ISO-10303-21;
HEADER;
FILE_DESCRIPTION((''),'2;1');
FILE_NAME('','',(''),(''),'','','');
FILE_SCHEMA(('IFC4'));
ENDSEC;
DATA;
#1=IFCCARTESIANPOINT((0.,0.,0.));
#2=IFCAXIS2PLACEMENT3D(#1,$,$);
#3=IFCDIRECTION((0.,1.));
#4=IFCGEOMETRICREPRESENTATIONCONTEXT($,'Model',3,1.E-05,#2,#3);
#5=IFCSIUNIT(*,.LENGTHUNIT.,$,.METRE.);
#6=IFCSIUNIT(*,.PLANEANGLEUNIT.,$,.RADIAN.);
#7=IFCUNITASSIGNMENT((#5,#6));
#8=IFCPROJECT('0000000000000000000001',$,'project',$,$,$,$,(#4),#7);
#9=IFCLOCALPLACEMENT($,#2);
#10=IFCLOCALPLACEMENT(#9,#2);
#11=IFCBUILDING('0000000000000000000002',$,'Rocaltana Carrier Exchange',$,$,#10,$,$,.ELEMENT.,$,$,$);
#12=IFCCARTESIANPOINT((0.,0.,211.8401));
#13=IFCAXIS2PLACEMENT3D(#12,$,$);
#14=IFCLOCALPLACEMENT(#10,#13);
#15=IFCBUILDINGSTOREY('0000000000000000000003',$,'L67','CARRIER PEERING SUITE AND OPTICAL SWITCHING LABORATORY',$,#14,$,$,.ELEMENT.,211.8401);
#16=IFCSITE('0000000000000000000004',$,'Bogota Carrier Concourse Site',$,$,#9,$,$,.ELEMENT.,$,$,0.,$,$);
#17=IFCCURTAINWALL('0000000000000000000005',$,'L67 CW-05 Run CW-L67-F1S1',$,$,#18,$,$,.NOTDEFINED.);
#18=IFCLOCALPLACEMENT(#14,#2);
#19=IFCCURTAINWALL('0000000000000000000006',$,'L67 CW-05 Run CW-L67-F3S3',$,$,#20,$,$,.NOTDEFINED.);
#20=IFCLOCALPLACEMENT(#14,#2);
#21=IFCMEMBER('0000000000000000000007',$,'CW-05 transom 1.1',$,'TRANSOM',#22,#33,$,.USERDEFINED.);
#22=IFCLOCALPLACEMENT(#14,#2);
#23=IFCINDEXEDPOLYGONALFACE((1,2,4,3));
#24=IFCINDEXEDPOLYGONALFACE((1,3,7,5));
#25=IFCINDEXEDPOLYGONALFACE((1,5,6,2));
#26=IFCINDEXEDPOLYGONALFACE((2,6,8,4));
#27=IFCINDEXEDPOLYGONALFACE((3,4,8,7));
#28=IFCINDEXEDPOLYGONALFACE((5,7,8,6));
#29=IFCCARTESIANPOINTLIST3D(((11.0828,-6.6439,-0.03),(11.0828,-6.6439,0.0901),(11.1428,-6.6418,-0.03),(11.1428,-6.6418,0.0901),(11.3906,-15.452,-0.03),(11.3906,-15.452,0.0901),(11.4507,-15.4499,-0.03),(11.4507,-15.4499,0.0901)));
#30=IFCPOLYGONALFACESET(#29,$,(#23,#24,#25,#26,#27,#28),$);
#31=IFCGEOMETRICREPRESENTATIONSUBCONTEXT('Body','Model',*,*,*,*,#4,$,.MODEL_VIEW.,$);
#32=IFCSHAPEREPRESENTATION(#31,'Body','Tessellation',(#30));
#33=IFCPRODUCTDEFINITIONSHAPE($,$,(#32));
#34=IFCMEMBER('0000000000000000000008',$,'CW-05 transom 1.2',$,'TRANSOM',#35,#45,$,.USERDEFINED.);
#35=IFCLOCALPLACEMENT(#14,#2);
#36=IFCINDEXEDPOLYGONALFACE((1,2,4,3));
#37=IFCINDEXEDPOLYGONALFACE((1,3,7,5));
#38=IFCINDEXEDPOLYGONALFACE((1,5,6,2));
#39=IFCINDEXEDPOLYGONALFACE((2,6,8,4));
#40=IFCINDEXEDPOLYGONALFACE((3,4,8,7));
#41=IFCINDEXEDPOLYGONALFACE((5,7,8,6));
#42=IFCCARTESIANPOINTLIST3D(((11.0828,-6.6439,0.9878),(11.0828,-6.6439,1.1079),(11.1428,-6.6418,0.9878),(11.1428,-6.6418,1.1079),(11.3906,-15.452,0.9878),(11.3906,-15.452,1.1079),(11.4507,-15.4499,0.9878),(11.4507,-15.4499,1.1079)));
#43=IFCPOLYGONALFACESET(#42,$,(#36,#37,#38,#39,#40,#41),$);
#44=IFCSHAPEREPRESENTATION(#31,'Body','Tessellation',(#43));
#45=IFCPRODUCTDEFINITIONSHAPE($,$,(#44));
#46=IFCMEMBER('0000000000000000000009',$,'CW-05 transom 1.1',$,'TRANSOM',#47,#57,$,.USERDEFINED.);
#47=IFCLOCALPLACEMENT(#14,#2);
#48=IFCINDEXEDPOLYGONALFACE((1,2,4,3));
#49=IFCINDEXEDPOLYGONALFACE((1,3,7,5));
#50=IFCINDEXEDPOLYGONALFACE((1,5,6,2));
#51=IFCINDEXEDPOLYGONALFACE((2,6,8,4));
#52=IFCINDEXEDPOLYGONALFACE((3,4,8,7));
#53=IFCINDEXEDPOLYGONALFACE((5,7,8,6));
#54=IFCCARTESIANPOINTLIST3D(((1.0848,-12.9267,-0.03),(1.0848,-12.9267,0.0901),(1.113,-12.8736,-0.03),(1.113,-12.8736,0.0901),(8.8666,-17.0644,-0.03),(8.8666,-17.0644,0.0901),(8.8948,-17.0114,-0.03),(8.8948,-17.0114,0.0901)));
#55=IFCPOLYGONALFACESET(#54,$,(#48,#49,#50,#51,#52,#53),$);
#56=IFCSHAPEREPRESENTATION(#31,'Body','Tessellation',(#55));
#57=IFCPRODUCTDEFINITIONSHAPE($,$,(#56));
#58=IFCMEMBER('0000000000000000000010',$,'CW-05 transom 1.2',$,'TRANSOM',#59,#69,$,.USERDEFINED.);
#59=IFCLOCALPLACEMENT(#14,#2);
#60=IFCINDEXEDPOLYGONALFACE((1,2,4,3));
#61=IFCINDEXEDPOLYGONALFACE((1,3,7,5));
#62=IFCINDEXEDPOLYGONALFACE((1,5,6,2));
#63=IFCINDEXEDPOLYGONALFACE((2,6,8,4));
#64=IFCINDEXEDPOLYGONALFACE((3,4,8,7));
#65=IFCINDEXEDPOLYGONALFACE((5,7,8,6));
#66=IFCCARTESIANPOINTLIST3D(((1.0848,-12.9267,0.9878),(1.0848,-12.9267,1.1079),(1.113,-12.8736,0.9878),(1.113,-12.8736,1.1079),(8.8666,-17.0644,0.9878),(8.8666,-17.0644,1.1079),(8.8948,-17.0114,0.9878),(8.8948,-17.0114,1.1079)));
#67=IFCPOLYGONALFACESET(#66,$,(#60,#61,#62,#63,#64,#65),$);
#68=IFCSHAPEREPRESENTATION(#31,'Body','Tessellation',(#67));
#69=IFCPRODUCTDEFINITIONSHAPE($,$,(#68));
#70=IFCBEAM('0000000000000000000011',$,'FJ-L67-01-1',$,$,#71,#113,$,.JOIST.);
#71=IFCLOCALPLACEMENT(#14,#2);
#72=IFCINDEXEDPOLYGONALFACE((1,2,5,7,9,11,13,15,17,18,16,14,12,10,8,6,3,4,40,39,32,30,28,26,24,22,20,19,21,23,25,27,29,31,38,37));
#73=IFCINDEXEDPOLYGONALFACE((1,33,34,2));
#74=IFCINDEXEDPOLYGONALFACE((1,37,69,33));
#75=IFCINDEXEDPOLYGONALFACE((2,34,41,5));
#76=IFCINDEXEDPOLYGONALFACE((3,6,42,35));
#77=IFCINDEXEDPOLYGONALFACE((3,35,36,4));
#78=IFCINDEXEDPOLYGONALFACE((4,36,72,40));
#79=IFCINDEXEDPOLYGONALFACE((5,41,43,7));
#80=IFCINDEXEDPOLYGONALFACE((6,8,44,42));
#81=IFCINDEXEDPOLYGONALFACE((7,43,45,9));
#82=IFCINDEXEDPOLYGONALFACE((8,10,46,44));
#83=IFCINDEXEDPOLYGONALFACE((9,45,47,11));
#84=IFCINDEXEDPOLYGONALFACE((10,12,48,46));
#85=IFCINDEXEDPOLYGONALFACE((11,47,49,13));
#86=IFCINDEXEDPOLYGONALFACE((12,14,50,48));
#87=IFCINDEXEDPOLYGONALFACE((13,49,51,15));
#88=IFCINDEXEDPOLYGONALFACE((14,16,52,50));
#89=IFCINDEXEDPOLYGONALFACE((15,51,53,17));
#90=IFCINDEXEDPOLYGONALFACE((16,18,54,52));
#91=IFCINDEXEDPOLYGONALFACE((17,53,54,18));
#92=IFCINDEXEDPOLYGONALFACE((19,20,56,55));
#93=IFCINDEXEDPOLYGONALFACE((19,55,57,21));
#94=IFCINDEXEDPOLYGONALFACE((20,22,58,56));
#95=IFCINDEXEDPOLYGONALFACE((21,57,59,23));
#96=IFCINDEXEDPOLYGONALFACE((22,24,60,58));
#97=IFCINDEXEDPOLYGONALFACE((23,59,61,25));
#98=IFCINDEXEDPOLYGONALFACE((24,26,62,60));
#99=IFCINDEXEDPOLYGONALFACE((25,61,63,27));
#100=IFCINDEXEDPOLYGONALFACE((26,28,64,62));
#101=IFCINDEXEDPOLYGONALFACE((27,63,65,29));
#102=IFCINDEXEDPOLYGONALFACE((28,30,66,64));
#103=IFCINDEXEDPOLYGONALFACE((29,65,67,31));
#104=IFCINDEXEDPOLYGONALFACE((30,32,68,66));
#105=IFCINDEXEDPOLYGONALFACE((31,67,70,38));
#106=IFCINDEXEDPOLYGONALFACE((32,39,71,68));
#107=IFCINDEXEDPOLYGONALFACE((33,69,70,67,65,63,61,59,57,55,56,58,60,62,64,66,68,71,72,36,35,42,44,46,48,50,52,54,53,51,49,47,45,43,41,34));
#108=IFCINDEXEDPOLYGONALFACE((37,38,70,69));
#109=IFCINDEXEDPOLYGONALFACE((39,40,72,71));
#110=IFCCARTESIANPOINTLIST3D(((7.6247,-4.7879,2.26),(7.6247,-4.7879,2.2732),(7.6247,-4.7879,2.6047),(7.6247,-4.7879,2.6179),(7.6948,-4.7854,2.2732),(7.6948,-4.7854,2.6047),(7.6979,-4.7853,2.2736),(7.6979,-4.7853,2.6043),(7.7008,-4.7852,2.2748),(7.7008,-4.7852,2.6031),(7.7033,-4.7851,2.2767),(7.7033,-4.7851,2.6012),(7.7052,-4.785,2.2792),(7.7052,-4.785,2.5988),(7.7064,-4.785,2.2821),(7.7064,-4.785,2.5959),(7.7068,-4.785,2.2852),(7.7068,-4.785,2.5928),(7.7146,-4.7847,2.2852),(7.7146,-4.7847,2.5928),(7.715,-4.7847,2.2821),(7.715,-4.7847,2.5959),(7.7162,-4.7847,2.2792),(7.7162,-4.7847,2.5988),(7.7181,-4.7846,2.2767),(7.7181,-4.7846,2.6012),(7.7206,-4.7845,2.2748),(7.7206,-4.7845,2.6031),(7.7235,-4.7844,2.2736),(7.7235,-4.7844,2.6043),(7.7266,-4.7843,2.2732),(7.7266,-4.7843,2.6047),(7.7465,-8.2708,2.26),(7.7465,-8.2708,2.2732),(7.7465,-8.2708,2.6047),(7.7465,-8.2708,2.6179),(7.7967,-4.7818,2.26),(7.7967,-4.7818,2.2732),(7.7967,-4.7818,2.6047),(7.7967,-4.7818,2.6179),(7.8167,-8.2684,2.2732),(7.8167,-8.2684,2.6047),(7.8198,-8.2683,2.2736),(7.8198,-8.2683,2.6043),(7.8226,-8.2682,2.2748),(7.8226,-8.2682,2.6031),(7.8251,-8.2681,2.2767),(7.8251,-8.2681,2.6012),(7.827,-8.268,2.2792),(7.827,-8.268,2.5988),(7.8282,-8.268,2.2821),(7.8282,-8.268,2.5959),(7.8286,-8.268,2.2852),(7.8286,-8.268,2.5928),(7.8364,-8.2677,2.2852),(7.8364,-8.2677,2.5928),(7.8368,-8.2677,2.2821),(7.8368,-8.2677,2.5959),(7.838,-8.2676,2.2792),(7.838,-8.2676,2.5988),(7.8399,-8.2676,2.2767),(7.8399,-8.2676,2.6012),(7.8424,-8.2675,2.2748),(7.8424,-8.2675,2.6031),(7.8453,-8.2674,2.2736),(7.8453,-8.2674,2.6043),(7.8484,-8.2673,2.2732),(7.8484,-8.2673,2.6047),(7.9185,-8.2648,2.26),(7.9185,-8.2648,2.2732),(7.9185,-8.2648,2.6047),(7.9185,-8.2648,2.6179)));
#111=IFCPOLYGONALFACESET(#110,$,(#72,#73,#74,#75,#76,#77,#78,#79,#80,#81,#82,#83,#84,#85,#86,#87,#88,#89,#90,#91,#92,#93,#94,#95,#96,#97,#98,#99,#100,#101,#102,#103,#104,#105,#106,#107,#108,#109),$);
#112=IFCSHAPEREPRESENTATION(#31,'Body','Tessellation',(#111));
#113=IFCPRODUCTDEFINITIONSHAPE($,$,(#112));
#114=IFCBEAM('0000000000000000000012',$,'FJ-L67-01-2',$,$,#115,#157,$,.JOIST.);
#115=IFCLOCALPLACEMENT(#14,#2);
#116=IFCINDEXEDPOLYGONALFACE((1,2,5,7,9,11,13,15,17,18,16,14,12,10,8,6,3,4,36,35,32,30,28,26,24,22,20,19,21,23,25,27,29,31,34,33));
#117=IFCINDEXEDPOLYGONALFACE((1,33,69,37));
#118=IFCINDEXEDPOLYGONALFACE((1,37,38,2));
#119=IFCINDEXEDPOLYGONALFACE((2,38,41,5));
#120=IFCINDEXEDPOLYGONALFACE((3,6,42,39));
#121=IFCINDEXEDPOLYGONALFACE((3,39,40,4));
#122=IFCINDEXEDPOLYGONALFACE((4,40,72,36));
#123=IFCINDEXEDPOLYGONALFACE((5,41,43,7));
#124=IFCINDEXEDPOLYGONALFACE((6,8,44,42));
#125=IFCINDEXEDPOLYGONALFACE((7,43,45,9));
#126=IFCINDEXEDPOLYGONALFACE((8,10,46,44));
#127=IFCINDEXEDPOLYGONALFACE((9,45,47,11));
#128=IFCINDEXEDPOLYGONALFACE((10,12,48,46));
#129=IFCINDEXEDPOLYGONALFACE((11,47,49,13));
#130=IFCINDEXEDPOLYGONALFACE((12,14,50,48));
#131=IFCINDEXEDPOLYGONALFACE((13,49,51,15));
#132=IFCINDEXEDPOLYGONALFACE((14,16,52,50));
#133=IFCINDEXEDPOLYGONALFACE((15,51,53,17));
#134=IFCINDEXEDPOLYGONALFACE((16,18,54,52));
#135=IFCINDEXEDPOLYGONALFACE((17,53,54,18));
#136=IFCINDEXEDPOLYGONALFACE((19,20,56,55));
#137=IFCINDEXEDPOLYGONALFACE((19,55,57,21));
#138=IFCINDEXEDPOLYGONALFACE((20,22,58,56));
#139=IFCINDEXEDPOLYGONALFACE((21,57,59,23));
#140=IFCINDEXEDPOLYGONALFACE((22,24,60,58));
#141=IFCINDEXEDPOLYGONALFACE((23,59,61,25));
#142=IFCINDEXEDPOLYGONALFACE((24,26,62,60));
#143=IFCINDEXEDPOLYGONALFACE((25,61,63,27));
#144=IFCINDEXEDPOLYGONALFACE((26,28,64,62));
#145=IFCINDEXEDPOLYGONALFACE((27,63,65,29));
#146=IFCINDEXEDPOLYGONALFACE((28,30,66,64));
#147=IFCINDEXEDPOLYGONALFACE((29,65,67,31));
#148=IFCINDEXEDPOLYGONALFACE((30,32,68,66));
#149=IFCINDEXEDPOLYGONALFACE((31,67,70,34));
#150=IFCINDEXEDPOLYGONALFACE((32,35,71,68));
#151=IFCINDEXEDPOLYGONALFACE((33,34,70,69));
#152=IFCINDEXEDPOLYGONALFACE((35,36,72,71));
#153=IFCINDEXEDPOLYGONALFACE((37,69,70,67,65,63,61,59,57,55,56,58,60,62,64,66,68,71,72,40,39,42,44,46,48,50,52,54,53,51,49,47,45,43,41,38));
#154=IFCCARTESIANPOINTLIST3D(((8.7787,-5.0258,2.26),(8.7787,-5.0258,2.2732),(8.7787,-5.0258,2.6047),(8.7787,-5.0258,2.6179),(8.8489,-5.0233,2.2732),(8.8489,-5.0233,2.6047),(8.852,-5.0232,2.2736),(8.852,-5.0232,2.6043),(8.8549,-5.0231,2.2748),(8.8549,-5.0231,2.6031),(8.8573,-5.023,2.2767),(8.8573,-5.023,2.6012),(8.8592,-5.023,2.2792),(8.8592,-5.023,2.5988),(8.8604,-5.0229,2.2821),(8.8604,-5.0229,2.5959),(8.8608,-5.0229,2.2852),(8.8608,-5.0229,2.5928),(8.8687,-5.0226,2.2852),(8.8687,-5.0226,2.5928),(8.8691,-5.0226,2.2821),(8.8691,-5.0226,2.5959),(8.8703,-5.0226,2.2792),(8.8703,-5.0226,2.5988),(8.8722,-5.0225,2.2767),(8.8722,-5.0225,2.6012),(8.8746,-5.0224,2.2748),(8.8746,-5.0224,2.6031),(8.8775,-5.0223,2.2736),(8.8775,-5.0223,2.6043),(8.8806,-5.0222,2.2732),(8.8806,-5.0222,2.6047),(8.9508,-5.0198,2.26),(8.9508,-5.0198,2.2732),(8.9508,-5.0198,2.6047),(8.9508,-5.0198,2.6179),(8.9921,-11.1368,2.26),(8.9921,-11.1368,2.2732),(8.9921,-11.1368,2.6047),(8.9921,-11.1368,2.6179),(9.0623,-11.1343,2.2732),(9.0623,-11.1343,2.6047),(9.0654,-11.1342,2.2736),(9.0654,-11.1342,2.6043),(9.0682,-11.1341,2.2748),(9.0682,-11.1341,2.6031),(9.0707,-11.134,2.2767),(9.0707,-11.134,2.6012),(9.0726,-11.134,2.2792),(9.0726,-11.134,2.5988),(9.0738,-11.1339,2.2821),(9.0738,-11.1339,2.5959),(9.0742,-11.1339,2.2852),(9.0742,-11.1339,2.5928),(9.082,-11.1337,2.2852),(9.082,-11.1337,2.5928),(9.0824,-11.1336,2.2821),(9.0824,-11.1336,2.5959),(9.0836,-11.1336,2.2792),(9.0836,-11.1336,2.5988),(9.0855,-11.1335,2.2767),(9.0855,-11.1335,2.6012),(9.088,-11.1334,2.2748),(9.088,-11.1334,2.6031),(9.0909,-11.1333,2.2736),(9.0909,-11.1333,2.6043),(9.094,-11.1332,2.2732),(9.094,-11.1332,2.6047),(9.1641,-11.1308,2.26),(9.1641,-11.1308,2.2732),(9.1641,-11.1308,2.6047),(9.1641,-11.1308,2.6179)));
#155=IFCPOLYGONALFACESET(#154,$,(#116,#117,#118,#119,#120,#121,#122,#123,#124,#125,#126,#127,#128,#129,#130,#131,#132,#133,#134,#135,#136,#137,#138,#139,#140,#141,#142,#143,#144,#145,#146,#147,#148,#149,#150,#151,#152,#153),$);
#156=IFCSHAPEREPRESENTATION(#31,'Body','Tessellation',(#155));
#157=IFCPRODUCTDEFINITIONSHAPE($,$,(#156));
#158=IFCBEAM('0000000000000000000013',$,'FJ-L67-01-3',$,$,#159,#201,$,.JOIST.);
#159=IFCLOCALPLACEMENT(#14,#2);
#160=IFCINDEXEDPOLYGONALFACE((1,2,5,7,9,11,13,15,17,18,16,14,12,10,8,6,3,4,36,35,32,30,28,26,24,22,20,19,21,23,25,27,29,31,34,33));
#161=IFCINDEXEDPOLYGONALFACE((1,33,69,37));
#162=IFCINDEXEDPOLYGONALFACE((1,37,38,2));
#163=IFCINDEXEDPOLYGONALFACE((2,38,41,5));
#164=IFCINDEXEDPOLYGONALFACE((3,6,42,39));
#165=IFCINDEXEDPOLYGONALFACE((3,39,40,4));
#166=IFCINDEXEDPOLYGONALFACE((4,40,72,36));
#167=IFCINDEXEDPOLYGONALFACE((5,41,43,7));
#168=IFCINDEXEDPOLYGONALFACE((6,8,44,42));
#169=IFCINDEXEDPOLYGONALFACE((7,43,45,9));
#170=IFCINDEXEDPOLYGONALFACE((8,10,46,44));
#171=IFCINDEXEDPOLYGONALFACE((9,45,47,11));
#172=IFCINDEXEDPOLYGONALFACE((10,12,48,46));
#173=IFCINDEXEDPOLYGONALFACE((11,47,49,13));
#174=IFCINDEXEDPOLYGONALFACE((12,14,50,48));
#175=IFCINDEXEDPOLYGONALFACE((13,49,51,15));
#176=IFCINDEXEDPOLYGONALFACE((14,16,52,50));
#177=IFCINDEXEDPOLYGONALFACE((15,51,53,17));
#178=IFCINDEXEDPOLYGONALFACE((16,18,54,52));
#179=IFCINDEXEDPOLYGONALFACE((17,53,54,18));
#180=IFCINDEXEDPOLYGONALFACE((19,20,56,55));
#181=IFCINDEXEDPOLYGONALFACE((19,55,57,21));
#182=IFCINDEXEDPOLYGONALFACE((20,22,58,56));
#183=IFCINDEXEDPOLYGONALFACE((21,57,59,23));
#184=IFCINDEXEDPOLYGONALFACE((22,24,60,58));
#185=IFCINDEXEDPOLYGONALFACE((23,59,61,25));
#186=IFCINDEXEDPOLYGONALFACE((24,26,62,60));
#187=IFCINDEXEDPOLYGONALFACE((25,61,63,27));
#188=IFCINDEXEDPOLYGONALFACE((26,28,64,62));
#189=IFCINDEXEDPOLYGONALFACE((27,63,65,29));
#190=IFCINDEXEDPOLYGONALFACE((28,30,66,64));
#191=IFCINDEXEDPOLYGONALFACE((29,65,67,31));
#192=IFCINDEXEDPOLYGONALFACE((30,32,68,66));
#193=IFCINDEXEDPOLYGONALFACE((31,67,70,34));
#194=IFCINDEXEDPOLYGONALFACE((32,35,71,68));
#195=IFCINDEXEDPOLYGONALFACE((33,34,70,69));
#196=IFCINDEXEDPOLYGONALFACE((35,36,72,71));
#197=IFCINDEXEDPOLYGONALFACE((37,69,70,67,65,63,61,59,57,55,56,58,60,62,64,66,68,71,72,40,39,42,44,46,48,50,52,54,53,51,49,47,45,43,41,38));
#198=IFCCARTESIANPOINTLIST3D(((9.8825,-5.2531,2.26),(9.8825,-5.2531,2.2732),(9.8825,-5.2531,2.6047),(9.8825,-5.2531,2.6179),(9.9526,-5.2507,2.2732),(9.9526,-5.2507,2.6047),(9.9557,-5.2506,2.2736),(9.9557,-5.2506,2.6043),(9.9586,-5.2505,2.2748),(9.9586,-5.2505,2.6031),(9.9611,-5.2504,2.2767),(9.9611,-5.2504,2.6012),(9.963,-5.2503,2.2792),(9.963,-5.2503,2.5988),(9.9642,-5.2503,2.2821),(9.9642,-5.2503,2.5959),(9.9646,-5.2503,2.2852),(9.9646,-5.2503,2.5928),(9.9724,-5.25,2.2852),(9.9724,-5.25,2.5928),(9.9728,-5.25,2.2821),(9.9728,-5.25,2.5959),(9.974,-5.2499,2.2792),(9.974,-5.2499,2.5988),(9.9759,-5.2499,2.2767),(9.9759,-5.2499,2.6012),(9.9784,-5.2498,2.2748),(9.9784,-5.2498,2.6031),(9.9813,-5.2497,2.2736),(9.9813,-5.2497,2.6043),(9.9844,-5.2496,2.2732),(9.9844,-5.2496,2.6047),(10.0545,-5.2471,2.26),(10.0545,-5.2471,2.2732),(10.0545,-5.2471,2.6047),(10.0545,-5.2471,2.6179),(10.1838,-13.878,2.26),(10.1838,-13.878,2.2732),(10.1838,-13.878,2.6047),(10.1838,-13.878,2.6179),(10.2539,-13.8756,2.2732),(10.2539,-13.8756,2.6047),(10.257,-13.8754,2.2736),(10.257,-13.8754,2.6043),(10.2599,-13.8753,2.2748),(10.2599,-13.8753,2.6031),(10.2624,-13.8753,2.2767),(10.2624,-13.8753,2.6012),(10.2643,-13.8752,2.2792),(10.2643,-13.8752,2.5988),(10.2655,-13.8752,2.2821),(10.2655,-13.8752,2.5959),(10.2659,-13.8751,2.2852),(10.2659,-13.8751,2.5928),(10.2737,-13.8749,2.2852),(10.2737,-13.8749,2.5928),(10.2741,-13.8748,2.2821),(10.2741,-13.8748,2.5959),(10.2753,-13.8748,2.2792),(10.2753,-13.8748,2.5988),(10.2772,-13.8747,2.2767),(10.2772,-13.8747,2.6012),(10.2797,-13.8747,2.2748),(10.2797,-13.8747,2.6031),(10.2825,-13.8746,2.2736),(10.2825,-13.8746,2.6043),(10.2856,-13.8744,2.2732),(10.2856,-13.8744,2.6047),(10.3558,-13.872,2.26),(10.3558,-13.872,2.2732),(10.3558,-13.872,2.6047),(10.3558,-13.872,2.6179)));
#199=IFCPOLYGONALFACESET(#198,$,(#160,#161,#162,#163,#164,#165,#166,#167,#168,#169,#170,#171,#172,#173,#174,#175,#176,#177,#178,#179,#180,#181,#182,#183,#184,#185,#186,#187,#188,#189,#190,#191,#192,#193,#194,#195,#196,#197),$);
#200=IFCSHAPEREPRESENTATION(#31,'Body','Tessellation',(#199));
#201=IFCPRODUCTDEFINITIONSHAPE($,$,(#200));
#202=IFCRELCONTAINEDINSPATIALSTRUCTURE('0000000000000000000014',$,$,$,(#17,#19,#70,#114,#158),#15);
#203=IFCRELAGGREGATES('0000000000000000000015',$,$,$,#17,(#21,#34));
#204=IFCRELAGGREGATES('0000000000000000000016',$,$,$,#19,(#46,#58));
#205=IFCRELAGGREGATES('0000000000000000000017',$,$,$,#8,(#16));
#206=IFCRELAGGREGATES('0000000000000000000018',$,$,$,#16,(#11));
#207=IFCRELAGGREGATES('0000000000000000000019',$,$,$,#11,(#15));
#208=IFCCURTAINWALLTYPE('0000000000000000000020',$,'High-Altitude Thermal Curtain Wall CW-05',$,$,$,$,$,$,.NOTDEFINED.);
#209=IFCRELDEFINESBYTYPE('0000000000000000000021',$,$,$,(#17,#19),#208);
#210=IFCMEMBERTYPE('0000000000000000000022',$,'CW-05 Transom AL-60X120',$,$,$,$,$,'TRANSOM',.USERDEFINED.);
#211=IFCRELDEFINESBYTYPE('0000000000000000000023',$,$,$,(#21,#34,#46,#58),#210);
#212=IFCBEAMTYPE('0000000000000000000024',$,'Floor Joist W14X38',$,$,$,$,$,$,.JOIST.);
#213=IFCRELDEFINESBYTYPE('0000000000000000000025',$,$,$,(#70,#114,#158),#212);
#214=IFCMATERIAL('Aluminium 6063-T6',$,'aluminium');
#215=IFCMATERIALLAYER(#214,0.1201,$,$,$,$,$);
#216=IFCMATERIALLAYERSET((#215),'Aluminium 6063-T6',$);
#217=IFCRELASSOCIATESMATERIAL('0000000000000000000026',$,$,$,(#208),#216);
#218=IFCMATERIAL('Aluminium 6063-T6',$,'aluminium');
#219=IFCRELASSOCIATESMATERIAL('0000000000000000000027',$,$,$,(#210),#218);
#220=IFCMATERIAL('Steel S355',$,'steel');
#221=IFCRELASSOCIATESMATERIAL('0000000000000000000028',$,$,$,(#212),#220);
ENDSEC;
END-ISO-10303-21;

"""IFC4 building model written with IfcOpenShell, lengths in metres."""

from ifc_helpers import new_model, si_unit, direction, frame, origin, origin_2d, place, context, subcontext, project, spatial, rectangle, i_section, extrude, material, layer, layer_set, material_profile, profile_set, type_object, element, aggregate, save


model = new_model("IFC4")

# Units and contexts
model_context = context("Model", 3, precision=1e-05, world=origin(), true_north=direction((0.0, 1.0)))
body_context = subcontext(model_context, "Body", "Model", "MODEL_VIEW")
ifc_project = project(units=[si_unit("LENGTHUNIT", "METRE"), si_unit("PLANEANGLEUNIT", "RADIAN")], contexts=[model_context])

# Site, building, storey
site_placement = place(None, origin())
site = spatial("IfcSite", under=ifc_project, at=site_placement, Name="Bogota Carrier Concourse Site", CompositionType="ELEMENT", RefElevation=0.0)
building_placement = place(site_placement, origin())
building = spatial("IfcBuilding", under=site, at=building_placement, Name="Rocaltana Carrier Exchange", CompositionType="ELEMENT")
storey_placement = place(building_placement, frame((0.0, 0.0, 211.8401)))
storey = spatial("IfcBuildingStorey", under=building, at=storey_placement, Name="L67", Description="CARRIER PEERING SUITE AND OPTICAL SWITCHING LABORATORY", CompositionType="ELEMENT", Elevation=211.8401)

# Curtain walls
ifc_material_1 = material(Name="Aluminium 6063-T6", Category="aluminium")
ifc_layer_1 = layer(ifc_material_1, 0.1201)
ifc_layer_set_1 = layer_set([ifc_layer_1], Name="Aluminium 6063-T6")
curtain_wall_type = type_object("IfcCurtainWallType", Name="High-Altitude Thermal Curtain Wall CW-05", PredefinedType="NOTDEFINED", material=ifc_layer_set_1)
curtain_wall_1_placement = place(storey_placement, origin())
curtain_wall_1 = element("IfcCurtainWall", 1, at=curtain_wall_1_placement, inside=storey, type_object=curtain_wall_type, Name="L67 CW-05 Run CW-L67-F1S1", PredefinedType="NOTDEFINED")
curtain_wall_2_placement = place(storey_placement, origin())
curtain_wall_2 = element("IfcCurtainWall", 2, at=curtain_wall_2_placement, inside=storey, type_object=curtain_wall_type, Name="L67 CW-05 Run CW-L67-F3S3", PredefinedType="NOTDEFINED")

# Members
ifc_material_2 = material(Name="Aluminium 6063-T6", Category="aluminium")
ifc_material_profile_1 = material_profile(ifc_material_2, rectangle(XDim=0.0601, YDim=0.1201, at=origin_2d()), Name="AL-60X120")
ifc_profile_set_1 = profile_set([ifc_material_profile_1], Name="Aluminium 6063-T6")
member_type_1 = type_object("IfcMemberType", Name="CW-05 Transom AL-60X120", ElementType="TRANSOM", PredefinedType="USERDEFINED", material=ifc_profile_set_1)
member_1_placement = place(storey_placement, frame((11.4207, -15.4509, 0.03), z_axis=(-0.034931, 0.99939, 0.0), x_axis=(-0.99939, -0.034931, 0.0)))
member_1 = element("IfcMember", 3, at=member_1_placement, type_object=member_type_1, Name="CW-05 transom 1.1", ObjectType="TRANSOM", PredefinedType="USERDEFINED", context=body_context, shape_type="SweptSolid", body=[
    extrude(rectangle(XDim=0.0601, YDim=0.1201, at=origin_2d()), origin(), (0.0, 0.0, 1.0), 8.8135),
])
member_2_placement = place(storey_placement, frame((11.4207, -15.4509, 1.0479), z_axis=(-0.034931, 0.99939, 0.0), x_axis=(-0.99939, -0.034931, 0.0)))
member_2 = element("IfcMember", 4, at=member_2_placement, type_object=member_type_1, Name="CW-05 transom 1.2", ObjectType="TRANSOM", PredefinedType="USERDEFINED", context=body_context, shape_type="SweptSolid", body=[
    extrude(rectangle(XDim=0.0601, YDim=0.1201, at=origin_2d()), origin(), (0.0, 0.0, 1.0), 8.8135),
])
member_3_placement = place(storey_placement, frame((1.0989, -12.9001, 0.03), z_axis=(0.882944, -0.469478, 0.0), x_axis=(0.469478, 0.882944, 0.0)))
member_3 = element("IfcMember", 5, at=member_3_placement, type_object=member_type_1, Name="CW-05 transom 1.1", ObjectType="TRANSOM", PredefinedType="USERDEFINED", context=body_context, shape_type="SweptSolid", body=[
    extrude(rectangle(XDim=0.0601, YDim=0.1201, at=origin_2d()), origin(), (0.0, 0.0, 1.0), 8.8135),
])
member_4_placement = place(storey_placement, frame((1.0989, -12.9001, 1.0479), z_axis=(0.882944, -0.469478, 0.0), x_axis=(0.469478, 0.882944, 0.0)))
member_4 = element("IfcMember", 6, at=member_4_placement, type_object=member_type_1, Name="CW-05 transom 1.2", ObjectType="TRANSOM", PredefinedType="USERDEFINED", context=body_context, shape_type="SweptSolid", body=[
    extrude(rectangle(XDim=0.0601, YDim=0.1201, at=origin_2d()), origin(), (0.0, 0.0, 1.0), 8.8135),
])

# Beams
ifc_material_3 = material(Name="Steel S355", Category="steel")
ifc_material_profile_2 = material_profile(ifc_material_3, i_section(OverallWidth=0.1721, OverallDepth=0.3579, WebThickness=0.0078, FlangeThickness=0.0132, FilletRadius=0.012, at=origin_2d()), Name="W14X38")
ifc_profile_set_2 = profile_set([ifc_material_profile_2], Name="Steel S355")
beam_type_1 = type_object("IfcBeamType", Name="Floor Joist W14X38", PredefinedType="JOIST", material=ifc_profile_set_2)
beam_1_placement = place(storey_placement, frame((7.8325, -8.2678, 2.439), z_axis=(-0.034957, 0.999389, 0.0), x_axis=(-0.999389, -0.034957, 0.0)))
element("IfcBeam", 7, at=beam_1_placement, inside=storey, type_object=beam_type_1, Name="FJ-L67-01-1", PredefinedType="JOIST", context=body_context, shape_type="SweptSolid", body=[
    extrude(i_section(OverallWidth=0.1721, OverallDepth=0.3579, WebThickness=0.0078, FlangeThickness=0.0132, FilletRadius=0.012, at=origin_2d()), origin(), (0.0, 0.0, 1.0), 3.4851),
])
beam_2_placement = place(storey_placement, frame((9.0781, -11.1338, 2.439), z_axis=(-0.034895, 0.999391, 0.0), x_axis=(-0.999391, -0.034895, 0.0)))
element("IfcBeam", 8, at=beam_2_placement, inside=storey, type_object=beam_type_1, Name="FJ-L67-01-2", PredefinedType="JOIST", context=body_context, shape_type="SweptSolid", body=[
    extrude(i_section(OverallWidth=0.1721, OverallDepth=0.3579, WebThickness=0.0078, FlangeThickness=0.0132, FilletRadius=0.012, at=origin_2d()), origin(), (0.0, 0.0, 1.0), 6.1147),
])
beam_3_placement = place(storey_placement, frame((10.2698, -13.875, 2.439), z_axis=(-0.034909, 0.99939, 0.0), x_axis=(-0.99939, -0.034909, 0.0)))
element("IfcBeam", 9, at=beam_3_placement, inside=storey, type_object=beam_type_1, Name="FJ-L67-01-3", PredefinedType="JOIST", context=body_context, shape_type="SweptSolid", body=[
    extrude(i_section(OverallWidth=0.1721, OverallDepth=0.3579, WebThickness=0.0078, FlangeThickness=0.0132, FilletRadius=0.012, at=origin_2d()), origin(), (0.0, 0.0, 1.0), 8.6301),
])

aggregate(curtain_wall_1, [member_1, member_2])
aggregate(curtain_wall_2, [member_3, member_4])

save(model, "model.ifc")
